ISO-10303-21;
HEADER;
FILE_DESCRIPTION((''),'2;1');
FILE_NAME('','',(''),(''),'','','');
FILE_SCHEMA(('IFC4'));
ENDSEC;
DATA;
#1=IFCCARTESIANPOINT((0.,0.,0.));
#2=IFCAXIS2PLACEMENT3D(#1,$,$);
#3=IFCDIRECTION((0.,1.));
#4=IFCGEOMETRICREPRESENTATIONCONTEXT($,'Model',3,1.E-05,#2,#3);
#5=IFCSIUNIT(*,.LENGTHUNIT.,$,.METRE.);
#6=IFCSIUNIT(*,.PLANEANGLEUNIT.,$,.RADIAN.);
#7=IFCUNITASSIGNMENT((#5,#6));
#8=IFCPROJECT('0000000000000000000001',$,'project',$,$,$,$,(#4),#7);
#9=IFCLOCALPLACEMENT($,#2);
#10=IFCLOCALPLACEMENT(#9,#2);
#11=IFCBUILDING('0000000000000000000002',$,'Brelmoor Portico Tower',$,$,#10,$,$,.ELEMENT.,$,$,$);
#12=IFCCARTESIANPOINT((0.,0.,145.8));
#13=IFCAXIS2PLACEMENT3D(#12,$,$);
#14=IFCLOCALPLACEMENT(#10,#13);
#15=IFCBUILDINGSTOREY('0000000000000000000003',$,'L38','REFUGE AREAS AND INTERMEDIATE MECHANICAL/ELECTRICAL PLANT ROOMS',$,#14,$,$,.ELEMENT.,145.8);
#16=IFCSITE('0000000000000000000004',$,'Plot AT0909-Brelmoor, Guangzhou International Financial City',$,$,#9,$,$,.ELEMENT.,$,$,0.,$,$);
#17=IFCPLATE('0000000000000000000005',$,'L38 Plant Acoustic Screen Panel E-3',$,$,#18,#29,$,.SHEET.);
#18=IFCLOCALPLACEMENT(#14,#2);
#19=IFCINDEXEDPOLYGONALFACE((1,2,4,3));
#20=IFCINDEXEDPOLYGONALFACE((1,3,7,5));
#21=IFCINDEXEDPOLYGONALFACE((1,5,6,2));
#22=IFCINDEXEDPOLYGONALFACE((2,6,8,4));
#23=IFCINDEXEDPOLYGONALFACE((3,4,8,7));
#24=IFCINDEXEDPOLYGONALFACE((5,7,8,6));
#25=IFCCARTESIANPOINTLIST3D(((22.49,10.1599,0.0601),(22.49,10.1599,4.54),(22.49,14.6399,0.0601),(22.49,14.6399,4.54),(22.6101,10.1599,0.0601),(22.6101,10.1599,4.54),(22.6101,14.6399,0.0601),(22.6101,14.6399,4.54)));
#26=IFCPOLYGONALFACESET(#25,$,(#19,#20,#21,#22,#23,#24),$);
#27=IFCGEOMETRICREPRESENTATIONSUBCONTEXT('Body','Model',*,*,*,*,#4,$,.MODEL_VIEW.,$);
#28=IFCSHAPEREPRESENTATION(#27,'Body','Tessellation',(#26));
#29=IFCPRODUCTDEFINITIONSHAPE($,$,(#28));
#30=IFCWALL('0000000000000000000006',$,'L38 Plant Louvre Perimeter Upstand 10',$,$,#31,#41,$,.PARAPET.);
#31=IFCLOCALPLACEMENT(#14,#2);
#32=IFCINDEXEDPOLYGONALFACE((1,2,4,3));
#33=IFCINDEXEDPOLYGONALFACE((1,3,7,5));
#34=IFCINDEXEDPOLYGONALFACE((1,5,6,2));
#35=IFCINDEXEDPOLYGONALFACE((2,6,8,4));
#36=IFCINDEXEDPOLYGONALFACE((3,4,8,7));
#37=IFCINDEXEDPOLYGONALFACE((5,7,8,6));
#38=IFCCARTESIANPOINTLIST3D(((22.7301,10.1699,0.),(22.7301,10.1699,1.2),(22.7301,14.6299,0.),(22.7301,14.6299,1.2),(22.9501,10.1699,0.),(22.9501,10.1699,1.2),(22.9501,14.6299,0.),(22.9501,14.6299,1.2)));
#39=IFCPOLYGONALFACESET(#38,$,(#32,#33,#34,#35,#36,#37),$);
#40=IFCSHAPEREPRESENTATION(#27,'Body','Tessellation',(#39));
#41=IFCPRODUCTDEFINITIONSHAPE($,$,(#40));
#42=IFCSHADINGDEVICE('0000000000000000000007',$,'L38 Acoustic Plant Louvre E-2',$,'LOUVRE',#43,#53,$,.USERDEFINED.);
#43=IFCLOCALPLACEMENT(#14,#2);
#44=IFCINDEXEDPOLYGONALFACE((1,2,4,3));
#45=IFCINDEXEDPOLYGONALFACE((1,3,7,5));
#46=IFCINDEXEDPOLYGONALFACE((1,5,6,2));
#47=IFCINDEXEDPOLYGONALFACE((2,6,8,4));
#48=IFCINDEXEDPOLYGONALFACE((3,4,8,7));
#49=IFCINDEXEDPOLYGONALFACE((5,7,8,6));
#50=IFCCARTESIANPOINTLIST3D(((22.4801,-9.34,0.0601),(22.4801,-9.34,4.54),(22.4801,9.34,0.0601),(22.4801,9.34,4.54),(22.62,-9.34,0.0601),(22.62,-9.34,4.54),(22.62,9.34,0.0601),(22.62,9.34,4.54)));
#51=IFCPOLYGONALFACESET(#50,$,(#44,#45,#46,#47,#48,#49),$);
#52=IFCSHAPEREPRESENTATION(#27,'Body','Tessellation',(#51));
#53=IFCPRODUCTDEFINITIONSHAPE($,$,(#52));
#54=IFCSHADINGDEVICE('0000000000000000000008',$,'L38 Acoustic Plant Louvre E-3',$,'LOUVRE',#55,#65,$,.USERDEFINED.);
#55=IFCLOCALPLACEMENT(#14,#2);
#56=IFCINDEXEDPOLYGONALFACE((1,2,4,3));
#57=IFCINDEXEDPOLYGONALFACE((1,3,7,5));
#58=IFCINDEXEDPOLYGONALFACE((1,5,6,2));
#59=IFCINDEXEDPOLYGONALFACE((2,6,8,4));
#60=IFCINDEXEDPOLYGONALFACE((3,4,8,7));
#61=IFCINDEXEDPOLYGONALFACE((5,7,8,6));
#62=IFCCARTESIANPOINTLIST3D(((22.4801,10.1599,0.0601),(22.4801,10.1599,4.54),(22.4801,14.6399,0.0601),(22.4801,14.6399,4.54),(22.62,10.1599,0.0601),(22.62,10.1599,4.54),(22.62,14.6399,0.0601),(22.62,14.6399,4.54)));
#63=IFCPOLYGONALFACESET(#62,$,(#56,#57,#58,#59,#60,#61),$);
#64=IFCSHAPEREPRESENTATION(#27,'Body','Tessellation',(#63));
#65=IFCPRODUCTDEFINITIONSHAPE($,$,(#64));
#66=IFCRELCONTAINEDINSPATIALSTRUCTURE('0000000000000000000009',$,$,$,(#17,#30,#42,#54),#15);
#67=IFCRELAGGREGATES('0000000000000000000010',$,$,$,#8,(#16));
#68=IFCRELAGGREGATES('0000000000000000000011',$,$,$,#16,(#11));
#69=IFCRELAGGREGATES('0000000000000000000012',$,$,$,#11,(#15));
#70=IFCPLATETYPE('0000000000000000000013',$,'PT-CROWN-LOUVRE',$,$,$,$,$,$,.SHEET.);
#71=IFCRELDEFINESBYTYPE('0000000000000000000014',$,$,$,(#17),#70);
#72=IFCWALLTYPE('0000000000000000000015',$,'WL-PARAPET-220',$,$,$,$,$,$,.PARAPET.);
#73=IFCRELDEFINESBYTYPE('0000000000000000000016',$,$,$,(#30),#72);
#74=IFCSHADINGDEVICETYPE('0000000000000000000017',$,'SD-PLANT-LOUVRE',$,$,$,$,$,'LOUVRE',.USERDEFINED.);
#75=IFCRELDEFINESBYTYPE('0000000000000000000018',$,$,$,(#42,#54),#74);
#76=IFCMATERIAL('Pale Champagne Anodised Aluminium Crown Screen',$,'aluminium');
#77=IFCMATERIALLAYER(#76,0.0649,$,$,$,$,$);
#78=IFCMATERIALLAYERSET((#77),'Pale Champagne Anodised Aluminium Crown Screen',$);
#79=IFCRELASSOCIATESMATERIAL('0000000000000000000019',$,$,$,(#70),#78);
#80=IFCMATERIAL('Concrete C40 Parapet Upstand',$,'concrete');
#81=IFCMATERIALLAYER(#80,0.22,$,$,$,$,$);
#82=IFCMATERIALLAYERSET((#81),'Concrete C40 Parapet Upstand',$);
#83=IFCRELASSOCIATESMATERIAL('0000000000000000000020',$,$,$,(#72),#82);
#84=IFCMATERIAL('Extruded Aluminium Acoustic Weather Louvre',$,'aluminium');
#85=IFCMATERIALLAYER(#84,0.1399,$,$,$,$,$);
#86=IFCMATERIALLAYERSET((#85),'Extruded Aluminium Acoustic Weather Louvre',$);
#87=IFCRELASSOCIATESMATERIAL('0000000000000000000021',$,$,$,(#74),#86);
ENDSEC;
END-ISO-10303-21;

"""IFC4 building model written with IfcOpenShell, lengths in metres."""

from ifc_helpers import new_model, si_unit, direction, frame, frame_2d, origin, origin_2d, place, context, subcontext, project, spatial, rectangle, extrude, material, layer, layer_set, type_object, element, save


model = new_model("IFC4")

# Units and contexts
model_context = context("Model", 3, precision=1e-05, world=origin(), true_north=direction((0.0, 1.0)))
body_context = subcontext(model_context, "Body", "Model", "MODEL_VIEW")
ifc_project = project(units=[si_unit("LENGTHUNIT", "METRE"), si_unit("PLANEANGLEUNIT", "RADIAN")], contexts=[model_context])

# Site, building, storey
site_placement = place(None, origin())
site = spatial("IfcSite", under=ifc_project, at=site_placement, Name="Plot AT0909-Brelmoor, Guangzhou International Financial City", CompositionType="ELEMENT", RefElevation=0.0)
building_placement = place(site_placement, origin())
building = spatial("IfcBuilding", under=site, at=building_placement, Name="Brelmoor Portico Tower", CompositionType="ELEMENT")
storey_placement = place(building_placement, frame((0.0, 0.0, 145.8)))
storey = spatial("IfcBuildingStorey", under=building, at=storey_placement, Name="L38", Description="REFUGE AREAS AND INTERMEDIATE MECHANICAL/ELECTRICAL PLANT ROOMS", CompositionType="ELEMENT", Elevation=145.8)

# Plate
ifc_material_1 = material(Name="Pale Champagne Anodised Aluminium Crown Screen", Category="aluminium")
ifc_layer_1 = layer(ifc_material_1, 0.0649)
ifc_layer_set_1 = layer_set([ifc_layer_1], Name="Pale Champagne Anodised Aluminium Crown Screen")
plate_type_1 = type_object("IfcPlateType", Name="PT-CROWN-LOUVRE", PredefinedType="SHEET", material=ifc_layer_set_1)
plate_1_placement = place(storey_placement, frame((22.55, 12.3999, 0.0601), z_axis=(0.0, 0.0, 1.0), x_axis=(0.0, 1.0, 0.0)))
element("IfcPlate", 1, at=plate_1_placement, inside=storey, type_object=plate_type_1, Name="L38 Plant Acoustic Screen Panel E-3", PredefinedType="SHEET", context=body_context, shape_type="SweptSolid", body=[
    extrude(rectangle(XDim=4.48, YDim=0.1201, at=origin_2d()), origin(), (0.0, 0.0, 1.0), 4.48),
])

# Wall
ifc_material_2 = material(Name="Concrete C40 Parapet Upstand", Category="concrete")
ifc_layer_2 = layer(ifc_material_2, 0.22)
ifc_layer_set_2 = layer_set([ifc_layer_2], Name="Concrete C40 Parapet Upstand")
wall_type = type_object("IfcWallType", Name="WL-PARAPET-220", PredefinedType="PARAPET", material=ifc_layer_set_2)
wall_placement = place(storey_placement, frame((22.8401, 10.1699, 0.0), z_axis=(0.0, 0.0, 1.0), x_axis=(0.0, 1.0, 0.0)))
element("IfcWall", 2, at=wall_placement, inside=storey, type_object=wall_type, Name="L38 Plant Louvre Perimeter Upstand 10", PredefinedType="PARAPET", context=body_context, shape_type="SweptSolid", body=[
    extrude(rectangle(XDim=4.46, YDim=0.22, at=frame_2d((2.23, 0.0))), origin(), (0.0, 0.0, 1.0), 1.2),
])

# Shading devices
ifc_material_3 = material(Name="Extruded Aluminium Acoustic Weather Louvre", Category="aluminium")
ifc_layer_3 = layer(ifc_material_3, 0.1399)
ifc_layer_set_3 = layer_set([ifc_layer_3], Name="Extruded Aluminium Acoustic Weather Louvre")
shading_device_type = type_object("IfcShadingDeviceType", Name="SD-PLANT-LOUVRE", ElementType="LOUVRE", PredefinedType="USERDEFINED", material=ifc_layer_set_3)
shading_device_1_placement = place(storey_placement, frame((22.55, 0.0, 0.0601), z_axis=(0.0, 0.0, 1.0), x_axis=(0.0, 1.0, 0.0)))
element("IfcShadingDevice", 3, at=shading_device_1_placement, inside=storey, type_object=shading_device_type, Name="L38 Acoustic Plant Louvre E-2", ObjectType="LOUVRE", PredefinedType="USERDEFINED", context=body_context, shape_type="SweptSolid", body=[
    extrude(rectangle(XDim=18.6799, YDim=0.1399, at=origin_2d()), origin(), (0.0, 0.0, 1.0), 4.48),
])
shading_device_2_placement = place(storey_placement, frame((22.55, 12.3999, 0.0601), z_axis=(0.0, 0.0, 1.0), x_axis=(0.0, 1.0, 0.0)))
element("IfcShadingDevice", 4, at=shading_device_2_placement, inside=storey, type_object=shading_device_type, Name="L38 Acoustic Plant Louvre E-3", ObjectType="LOUVRE", PredefinedType="USERDEFINED", context=body_context, shape_type="SweptSolid", body=[
    extrude(rectangle(XDim=4.48, YDim=0.1399, at=origin_2d()), origin(), (0.0, 0.0, 1.0), 4.48),
])

save(model, "model.ifc")
